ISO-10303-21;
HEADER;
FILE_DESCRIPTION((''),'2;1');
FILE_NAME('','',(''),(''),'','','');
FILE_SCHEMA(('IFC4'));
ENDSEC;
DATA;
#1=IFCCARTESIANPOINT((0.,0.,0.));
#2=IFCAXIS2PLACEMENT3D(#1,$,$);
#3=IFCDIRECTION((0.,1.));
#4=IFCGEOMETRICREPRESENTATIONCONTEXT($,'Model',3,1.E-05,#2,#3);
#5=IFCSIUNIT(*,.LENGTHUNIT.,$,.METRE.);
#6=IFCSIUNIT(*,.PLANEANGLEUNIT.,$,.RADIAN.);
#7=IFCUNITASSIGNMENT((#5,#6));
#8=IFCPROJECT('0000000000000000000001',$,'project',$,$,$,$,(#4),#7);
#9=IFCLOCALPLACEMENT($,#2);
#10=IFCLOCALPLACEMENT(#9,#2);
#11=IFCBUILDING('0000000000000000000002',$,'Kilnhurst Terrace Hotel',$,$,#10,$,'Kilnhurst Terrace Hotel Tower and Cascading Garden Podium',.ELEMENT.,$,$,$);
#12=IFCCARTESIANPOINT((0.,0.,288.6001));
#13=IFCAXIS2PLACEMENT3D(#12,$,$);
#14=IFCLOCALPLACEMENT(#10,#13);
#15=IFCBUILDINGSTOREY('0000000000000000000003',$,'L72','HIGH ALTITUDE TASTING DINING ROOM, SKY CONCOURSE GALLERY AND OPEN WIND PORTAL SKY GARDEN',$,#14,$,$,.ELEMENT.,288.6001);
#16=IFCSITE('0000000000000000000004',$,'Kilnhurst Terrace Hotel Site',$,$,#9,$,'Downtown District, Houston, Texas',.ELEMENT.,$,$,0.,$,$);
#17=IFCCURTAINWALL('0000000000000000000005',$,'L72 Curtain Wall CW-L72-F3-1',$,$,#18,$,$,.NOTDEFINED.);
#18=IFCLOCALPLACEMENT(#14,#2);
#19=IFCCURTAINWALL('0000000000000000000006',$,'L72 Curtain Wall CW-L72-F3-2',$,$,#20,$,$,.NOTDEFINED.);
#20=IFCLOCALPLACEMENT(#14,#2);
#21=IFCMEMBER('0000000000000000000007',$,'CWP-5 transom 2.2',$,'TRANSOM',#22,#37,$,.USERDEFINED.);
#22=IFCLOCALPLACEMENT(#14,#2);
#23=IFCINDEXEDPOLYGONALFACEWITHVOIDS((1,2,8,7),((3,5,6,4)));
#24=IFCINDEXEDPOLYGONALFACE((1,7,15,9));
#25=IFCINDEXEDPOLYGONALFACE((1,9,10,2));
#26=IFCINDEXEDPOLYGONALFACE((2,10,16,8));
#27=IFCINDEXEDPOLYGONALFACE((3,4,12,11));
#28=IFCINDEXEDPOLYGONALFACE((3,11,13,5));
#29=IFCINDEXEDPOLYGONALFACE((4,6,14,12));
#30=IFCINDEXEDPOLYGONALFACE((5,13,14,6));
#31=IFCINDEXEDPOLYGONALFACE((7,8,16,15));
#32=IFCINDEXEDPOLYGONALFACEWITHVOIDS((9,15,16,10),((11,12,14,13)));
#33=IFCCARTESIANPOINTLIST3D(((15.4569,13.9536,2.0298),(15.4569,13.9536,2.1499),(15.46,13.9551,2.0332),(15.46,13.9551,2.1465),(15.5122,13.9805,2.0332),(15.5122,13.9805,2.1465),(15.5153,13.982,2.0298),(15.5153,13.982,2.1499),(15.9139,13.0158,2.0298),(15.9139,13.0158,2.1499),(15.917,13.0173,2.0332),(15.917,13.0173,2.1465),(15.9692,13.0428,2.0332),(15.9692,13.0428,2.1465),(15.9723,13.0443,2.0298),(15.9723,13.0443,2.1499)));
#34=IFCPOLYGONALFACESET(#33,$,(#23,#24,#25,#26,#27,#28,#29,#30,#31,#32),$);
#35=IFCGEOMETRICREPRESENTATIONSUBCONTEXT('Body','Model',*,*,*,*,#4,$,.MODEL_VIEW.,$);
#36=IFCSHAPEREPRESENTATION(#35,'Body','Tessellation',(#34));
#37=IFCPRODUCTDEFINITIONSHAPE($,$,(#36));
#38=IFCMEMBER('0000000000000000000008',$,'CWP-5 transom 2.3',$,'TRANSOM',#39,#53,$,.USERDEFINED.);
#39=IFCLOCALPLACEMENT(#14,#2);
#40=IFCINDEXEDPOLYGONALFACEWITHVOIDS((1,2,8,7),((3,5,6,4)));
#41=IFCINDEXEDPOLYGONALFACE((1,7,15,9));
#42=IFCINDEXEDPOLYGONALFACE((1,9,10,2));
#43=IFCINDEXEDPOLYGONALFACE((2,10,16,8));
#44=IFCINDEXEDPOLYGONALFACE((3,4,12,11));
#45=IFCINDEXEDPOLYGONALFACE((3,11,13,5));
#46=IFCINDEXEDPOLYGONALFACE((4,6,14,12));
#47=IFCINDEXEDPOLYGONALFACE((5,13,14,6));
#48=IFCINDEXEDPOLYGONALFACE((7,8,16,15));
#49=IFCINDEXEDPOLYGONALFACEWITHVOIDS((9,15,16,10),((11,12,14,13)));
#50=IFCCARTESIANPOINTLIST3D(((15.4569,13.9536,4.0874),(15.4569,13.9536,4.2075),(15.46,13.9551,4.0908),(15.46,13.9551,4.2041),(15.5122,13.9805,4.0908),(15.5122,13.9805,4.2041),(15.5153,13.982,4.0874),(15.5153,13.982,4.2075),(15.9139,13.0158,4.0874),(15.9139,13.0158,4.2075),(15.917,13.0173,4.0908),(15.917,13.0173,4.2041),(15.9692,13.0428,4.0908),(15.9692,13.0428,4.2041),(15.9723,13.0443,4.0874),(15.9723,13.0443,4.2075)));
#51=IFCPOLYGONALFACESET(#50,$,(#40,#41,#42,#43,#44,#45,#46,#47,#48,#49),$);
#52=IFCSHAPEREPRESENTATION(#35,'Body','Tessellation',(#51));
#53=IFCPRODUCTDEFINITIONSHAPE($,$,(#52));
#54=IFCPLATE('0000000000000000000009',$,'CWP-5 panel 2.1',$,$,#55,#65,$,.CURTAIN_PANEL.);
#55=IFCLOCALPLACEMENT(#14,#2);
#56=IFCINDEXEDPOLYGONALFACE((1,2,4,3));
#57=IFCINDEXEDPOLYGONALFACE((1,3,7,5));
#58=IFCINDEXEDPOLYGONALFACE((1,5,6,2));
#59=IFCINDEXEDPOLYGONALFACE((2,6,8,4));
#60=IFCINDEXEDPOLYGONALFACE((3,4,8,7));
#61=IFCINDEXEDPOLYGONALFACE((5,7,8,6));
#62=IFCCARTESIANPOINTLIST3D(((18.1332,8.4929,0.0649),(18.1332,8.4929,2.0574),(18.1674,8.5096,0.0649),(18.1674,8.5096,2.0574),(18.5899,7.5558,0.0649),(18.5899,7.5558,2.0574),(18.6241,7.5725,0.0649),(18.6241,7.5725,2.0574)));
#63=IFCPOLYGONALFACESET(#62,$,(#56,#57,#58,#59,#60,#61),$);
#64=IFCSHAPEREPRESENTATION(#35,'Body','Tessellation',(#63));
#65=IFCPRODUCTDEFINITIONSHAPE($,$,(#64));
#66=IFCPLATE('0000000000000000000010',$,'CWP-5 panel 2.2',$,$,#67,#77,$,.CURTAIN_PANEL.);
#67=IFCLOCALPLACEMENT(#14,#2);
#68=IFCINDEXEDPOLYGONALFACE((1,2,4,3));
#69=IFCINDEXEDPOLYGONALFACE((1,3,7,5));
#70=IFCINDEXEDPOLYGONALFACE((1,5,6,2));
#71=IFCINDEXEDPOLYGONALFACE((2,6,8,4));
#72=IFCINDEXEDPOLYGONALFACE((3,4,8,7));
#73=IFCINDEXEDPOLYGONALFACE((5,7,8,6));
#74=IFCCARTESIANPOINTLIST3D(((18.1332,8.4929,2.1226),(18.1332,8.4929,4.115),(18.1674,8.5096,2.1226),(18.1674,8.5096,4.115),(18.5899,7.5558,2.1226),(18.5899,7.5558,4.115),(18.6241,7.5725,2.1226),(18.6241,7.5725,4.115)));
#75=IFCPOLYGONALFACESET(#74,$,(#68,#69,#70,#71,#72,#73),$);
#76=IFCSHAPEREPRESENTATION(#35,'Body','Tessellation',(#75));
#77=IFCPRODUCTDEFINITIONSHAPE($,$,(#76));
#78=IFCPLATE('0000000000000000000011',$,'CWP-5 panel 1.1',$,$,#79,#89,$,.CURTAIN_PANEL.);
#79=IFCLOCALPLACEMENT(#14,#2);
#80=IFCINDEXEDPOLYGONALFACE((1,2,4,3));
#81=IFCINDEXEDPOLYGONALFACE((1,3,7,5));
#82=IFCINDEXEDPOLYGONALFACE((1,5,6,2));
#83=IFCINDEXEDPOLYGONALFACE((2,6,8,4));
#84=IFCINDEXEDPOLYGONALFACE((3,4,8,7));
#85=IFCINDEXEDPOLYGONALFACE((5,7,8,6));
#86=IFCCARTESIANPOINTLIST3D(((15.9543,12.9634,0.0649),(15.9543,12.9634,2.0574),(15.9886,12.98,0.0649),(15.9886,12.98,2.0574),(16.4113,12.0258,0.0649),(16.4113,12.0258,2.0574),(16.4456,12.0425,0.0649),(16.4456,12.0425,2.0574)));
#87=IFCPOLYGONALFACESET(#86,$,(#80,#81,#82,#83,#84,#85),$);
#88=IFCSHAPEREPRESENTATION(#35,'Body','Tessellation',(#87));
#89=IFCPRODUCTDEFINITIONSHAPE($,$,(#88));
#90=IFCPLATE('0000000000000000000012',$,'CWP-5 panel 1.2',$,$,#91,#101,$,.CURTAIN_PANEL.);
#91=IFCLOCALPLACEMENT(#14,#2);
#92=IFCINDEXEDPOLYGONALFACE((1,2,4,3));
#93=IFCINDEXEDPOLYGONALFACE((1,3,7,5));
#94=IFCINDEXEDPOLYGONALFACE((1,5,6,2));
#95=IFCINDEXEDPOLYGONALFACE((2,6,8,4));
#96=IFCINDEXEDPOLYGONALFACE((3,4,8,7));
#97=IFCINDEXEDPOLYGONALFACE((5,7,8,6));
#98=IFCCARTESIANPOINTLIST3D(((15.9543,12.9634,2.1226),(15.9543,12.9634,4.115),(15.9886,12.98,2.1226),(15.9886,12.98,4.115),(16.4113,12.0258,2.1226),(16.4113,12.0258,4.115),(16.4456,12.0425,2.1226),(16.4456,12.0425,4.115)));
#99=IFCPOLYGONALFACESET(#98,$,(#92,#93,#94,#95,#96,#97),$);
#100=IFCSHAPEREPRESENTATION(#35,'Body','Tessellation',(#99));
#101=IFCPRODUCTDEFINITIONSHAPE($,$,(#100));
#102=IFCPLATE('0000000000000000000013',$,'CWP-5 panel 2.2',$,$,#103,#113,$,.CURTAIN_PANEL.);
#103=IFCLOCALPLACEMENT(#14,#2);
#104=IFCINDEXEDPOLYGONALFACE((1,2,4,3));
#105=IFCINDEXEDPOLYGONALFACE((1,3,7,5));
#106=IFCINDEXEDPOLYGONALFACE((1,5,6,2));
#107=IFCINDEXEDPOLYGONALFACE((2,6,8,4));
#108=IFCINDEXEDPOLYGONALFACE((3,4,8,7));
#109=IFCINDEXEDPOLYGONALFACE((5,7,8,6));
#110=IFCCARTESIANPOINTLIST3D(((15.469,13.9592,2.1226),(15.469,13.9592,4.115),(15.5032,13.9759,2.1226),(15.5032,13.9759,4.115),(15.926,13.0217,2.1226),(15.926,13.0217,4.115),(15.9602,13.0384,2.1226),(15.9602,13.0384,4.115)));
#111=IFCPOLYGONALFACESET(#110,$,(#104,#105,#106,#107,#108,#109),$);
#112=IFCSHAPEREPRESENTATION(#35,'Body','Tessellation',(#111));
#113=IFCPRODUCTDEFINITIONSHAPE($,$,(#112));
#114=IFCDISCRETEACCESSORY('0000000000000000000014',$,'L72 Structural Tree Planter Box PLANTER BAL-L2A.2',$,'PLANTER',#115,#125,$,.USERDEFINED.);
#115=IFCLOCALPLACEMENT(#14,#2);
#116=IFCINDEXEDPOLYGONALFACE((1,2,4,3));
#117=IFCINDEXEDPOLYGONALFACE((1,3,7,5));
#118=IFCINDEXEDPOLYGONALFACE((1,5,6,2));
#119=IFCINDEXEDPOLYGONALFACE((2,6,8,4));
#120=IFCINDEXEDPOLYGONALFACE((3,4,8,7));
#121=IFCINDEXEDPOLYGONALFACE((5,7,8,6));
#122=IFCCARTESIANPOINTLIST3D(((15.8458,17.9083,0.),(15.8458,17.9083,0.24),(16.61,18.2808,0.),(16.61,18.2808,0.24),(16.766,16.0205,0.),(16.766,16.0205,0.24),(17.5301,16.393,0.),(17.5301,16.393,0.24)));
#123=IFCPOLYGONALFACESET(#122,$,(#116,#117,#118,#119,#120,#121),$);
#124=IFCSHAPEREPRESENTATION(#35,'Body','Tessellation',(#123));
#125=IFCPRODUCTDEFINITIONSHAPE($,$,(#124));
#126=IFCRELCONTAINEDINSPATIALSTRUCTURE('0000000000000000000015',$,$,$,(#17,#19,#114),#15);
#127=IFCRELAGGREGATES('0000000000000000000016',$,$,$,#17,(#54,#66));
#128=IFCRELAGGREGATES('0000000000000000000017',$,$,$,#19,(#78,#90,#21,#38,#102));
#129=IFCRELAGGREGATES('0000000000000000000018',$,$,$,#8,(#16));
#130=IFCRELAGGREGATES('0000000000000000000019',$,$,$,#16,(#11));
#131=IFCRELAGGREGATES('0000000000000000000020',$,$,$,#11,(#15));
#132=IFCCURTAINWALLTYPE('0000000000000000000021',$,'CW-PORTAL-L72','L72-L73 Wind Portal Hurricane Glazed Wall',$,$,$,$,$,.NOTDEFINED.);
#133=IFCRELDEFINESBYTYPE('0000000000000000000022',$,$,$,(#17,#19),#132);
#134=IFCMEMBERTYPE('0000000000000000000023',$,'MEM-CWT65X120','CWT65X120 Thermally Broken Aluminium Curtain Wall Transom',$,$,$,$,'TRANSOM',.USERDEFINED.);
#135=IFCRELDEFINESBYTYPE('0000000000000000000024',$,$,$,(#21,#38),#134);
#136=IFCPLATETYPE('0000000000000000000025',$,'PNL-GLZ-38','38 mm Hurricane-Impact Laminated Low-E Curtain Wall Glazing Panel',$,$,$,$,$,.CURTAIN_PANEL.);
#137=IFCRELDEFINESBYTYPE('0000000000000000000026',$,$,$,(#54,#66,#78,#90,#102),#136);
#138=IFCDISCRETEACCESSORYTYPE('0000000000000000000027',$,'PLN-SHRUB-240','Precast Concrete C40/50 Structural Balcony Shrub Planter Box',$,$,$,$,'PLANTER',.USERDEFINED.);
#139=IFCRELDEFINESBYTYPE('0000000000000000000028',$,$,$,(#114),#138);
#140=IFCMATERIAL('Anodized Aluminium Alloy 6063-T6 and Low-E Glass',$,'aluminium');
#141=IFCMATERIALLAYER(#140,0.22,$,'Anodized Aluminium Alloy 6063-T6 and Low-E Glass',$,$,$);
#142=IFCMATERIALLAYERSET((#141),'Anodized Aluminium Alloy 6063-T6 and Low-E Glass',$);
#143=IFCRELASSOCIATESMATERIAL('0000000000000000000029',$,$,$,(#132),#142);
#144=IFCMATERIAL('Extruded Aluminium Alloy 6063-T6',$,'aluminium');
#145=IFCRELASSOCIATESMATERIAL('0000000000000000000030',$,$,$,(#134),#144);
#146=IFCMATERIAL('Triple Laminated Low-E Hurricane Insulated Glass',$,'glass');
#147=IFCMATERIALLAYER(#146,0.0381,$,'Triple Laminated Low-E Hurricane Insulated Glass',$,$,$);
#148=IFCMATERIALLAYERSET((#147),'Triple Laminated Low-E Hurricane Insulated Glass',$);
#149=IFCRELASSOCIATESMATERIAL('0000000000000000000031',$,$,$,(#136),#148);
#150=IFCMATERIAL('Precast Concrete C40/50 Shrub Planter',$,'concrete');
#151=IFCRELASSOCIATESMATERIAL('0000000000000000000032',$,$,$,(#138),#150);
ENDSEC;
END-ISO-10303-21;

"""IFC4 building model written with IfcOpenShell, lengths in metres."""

from ifc_helpers import new_model, si_unit, direction, frame, origin, origin_2d, place, context, subcontext, project, spatial, rectangle, hollow_rectangle, extrude, material, layer, layer_set, material_profile, profile_set, type_object, element, aggregate, save


model = new_model("IFC4")

# Units and contexts
model_context = context("Model", 3, precision=1e-05, world=origin(), true_north=direction((0.0, 1.0)))
body_context = subcontext(model_context, "Body", "Model", "MODEL_VIEW")
ifc_project = project(units=[si_unit("LENGTHUNIT", "METRE"), si_unit("PLANEANGLEUNIT", "RADIAN")], contexts=[model_context])

# Site, building, storey
site_placement = place(None, origin())
site = spatial("IfcSite", under=ifc_project, at=site_placement, Name="Kilnhurst Terrace Hotel Site", LongName="Downtown District, Houston, Texas", CompositionType="ELEMENT", RefElevation=0.0)
building_placement = place(site_placement, origin())
building = spatial("IfcBuilding", under=site, at=building_placement, Name="Kilnhurst Terrace Hotel", LongName="Kilnhurst Terrace Hotel Tower and Cascading Garden Podium", CompositionType="ELEMENT")
storey_placement = place(building_placement, frame((0.0, 0.0, 288.6001)))
storey = spatial("IfcBuildingStorey", under=building, at=storey_placement, Name="L72", Description="HIGH ALTITUDE TASTING DINING ROOM, SKY CONCOURSE GALLERY AND OPEN WIND PORTAL SKY GARDEN", CompositionType="ELEMENT", Elevation=288.6001)

# Curtain walls
ifc_material_1 = material(Name="Anodized Aluminium Alloy 6063-T6 and Low-E Glass", Category="aluminium")
ifc_layer_1 = layer(ifc_material_1, 0.22, Name="Anodized Aluminium Alloy 6063-T6 and Low-E Glass")
ifc_layer_set_1 = layer_set([ifc_layer_1], Name="Anodized Aluminium Alloy 6063-T6 and Low-E Glass")
curtain_wall_type = type_object("IfcCurtainWallType", Name="CW-PORTAL-L72", Description="L72-L73 Wind Portal Hurricane Glazed Wall", PredefinedType="NOTDEFINED", material=ifc_layer_set_1)
curtain_wall_1_placement = place(storey_placement, origin())
curtain_wall_1 = element("IfcCurtainWall", 1, at=curtain_wall_1_placement, inside=storey, type_object=curtain_wall_type, Name="L72 Curtain Wall CW-L72-F3-1", PredefinedType="NOTDEFINED")
ifc_material_2 = material(Name="Extruded Aluminium Alloy 6063-T6", Category="aluminium")
curtain_wall_2_placement = place(storey_placement, origin())
curtain_wall_2 = element("IfcCurtainWall", 2, at=curtain_wall_2_placement, inside=storey, type_object=curtain_wall_type, Name="L72 Curtain Wall CW-L72-F3-2", PredefinedType="NOTDEFINED")

# Members
ifc_material_profile_1 = material_profile(ifc_material_2, hollow_rectangle(XDim=0.0649, YDim=0.1201, WallThickness=0.0034, at=origin_2d()), Name="CWT65X120")
ifc_profile_set_1 = profile_set([ifc_material_profile_1], Name="Extruded Aluminium Alloy 6063-T6")
member_type_1 = type_object("IfcMemberType", Name="MEM-CWT65X120", Description="CWT65X120 Thermally Broken Aluminium Curtain Wall Transom", ElementType="TRANSOM", PredefinedType="USERDEFINED", material=ifc_profile_set_1)
member_1_placement = place(storey_placement, frame((15.9431, 13.03, 2.0898), z_axis=(-0.43811, 0.898921, 0.0), x_axis=(-0.898921, -0.43811, 0.0)))
member_1 = element("IfcMember", 3, at=member_1_placement, type_object=member_type_1, Name="CWP-5 transom 2.2", ObjectType="TRANSOM", PredefinedType="USERDEFINED", context=body_context, shape_type="SweptSolid", body=[
    extrude(hollow_rectangle(XDim=0.0649, YDim=0.1201, WallThickness=0.0034, at=origin_2d()), origin(), (0.0, 0.0, 1.0), 1.0432),
])
member_2_placement = place(storey_placement, frame((15.9431, 13.03, 4.1475), z_axis=(-0.43811, 0.898921, 0.0), x_axis=(-0.898921, -0.43811, 0.0)))
member_2 = element("IfcMember", 4, at=member_2_placement, type_object=member_type_1, Name="CWP-5 transom 2.3", ObjectType="TRANSOM", PredefinedType="USERDEFINED", context=body_context, shape_type="SweptSolid", body=[
    extrude(hollow_rectangle(XDim=0.0649, YDim=0.1201, WallThickness=0.0034, at=origin_2d()), origin(), (0.0, 0.0, 1.0), 1.0432),
])

# Plates
ifc_material_3 = material(Name="Triple Laminated Low-E Hurricane Insulated Glass", Category="glass")
ifc_layer_2 = layer(ifc_material_3, 0.0381, Name="Triple Laminated Low-E Hurricane Insulated Glass")
ifc_layer_set_2 = layer_set([ifc_layer_2], Name="Triple Laminated Low-E Hurricane Insulated Glass")
plate_type = type_object("IfcPlateType", Name="PNL-GLZ-38", Description="38 mm Hurricane-Impact Laminated Low-E Curtain Wall Glazing Panel", PredefinedType="CURTAIN_PANEL", material=ifc_layer_set_2)
plate_1_placement = place(storey_placement, frame((18.3787, 8.0327, 0.0649), z_axis=(0.0, 0.0, 1.0), x_axis=(-0.43812, 0.898916, 0.0)))
plate_1 = element("IfcPlate", 5, at=plate_1_placement, type_object=plate_type, Name="CWP-5 panel 2.1", PredefinedType="CURTAIN_PANEL", context=body_context, shape_type="SweptSolid", body=[
    extrude(rectangle(XDim=1.0425, YDim=0.0381, at=origin_2d()), origin(), (0.0, 0.0, 1.0), 1.9924),
])
plate_2_placement = place(storey_placement, frame((18.3787, 8.0327, 2.1226), z_axis=(0.0, 0.0, 1.0), x_axis=(-0.43812, 0.898916, 0.0)))
plate_2 = element("IfcPlate", 6, at=plate_2_placement, type_object=plate_type, Name="CWP-5 panel 2.2", PredefinedType="CURTAIN_PANEL", context=body_context, shape_type="SweptSolid", body=[
    extrude(rectangle(XDim=1.0425, YDim=0.0381, at=origin_2d()), origin(), (0.0, 0.0, 1.0), 1.9924),
])
aggregate(curtain_wall_1, [plate_1, plate_2])
plate_3_placement = place(storey_placement, frame((16.2, 12.5029, 0.0649), z_axis=(0.0, 0.0, 1.0), x_axis=(-0.438142, 0.898906, 0.0)))
plate_3 = element("IfcPlate", 7, at=plate_3_placement, type_object=plate_type, Name="CWP-5 panel 1.1", PredefinedType="CURTAIN_PANEL", context=body_context, shape_type="SweptSolid", body=[
    extrude(rectangle(XDim=1.043, YDim=0.0381, at=origin_2d()), origin(), (0.0, 0.0, 1.0), 1.9924),
])
plate_4_placement = place(storey_placement, frame((16.2, 12.5029, 2.1226), z_axis=(0.0, 0.0, 1.0), x_axis=(-0.438142, 0.898906, 0.0)))
plate_4 = element("IfcPlate", 8, at=plate_4_placement, type_object=plate_type, Name="CWP-5 panel 1.2", PredefinedType="CURTAIN_PANEL", context=body_context, shape_type="SweptSolid", body=[
    extrude(rectangle(XDim=1.043, YDim=0.0381, at=origin_2d()), origin(), (0.0, 0.0, 1.0), 1.9924),
])
plate_5_placement = place(storey_placement, frame((15.7146, 13.4988, 2.1226), z_axis=(0.0, 0.0, 1.0), x_axis=(-0.438142, 0.898906, 0.0)))
plate_5 = element("IfcPlate", 9, at=plate_5_placement, type_object=plate_type, Name="CWP-5 panel 2.2", PredefinedType="CURTAIN_PANEL", context=body_context, shape_type="SweptSolid", body=[
    extrude(rectangle(XDim=1.043, YDim=0.0381, at=origin_2d()), origin(), (0.0, 0.0, 1.0), 1.9924),
])
aggregate(curtain_wall_2, [plate_3, plate_4, member_1, member_2, plate_5])

# Discrete accessory
ifc_material_4 = material(Name="Precast Concrete C40/50 Shrub Planter", Category="concrete")
discrete_accessory_type = type_object("IfcDiscreteAccessoryType", Name="PLN-SHRUB-240", Description="Precast Concrete C40/50 Structural Balcony Shrub Planter Box", ElementType="PLANTER", PredefinedType="USERDEFINED", material=ifc_material_4)
discrete_accessory_placement = place(storey_placement, frame((16.688, 17.1506, 0.0), z_axis=(0.0, 0.0, 1.0), x_axis=(-0.438136, 0.898909, 0.0)))
element("IfcDiscreteAccessory", 10, at=discrete_accessory_placement, inside=storey, type_object=discrete_accessory_type, Name="L72 Structural Tree Planter Box PLANTER BAL-L2A.2", ObjectType="PLANTER", PredefinedType="USERDEFINED", context=body_context, shape_type="SweptSolid", body=[
    extrude(rectangle(XDim=2.1001, YDim=0.8501, at=origin_2d()), origin(), (0.0, 0.0, 1.0), 0.24),
])

save(model, "model.ifc")
